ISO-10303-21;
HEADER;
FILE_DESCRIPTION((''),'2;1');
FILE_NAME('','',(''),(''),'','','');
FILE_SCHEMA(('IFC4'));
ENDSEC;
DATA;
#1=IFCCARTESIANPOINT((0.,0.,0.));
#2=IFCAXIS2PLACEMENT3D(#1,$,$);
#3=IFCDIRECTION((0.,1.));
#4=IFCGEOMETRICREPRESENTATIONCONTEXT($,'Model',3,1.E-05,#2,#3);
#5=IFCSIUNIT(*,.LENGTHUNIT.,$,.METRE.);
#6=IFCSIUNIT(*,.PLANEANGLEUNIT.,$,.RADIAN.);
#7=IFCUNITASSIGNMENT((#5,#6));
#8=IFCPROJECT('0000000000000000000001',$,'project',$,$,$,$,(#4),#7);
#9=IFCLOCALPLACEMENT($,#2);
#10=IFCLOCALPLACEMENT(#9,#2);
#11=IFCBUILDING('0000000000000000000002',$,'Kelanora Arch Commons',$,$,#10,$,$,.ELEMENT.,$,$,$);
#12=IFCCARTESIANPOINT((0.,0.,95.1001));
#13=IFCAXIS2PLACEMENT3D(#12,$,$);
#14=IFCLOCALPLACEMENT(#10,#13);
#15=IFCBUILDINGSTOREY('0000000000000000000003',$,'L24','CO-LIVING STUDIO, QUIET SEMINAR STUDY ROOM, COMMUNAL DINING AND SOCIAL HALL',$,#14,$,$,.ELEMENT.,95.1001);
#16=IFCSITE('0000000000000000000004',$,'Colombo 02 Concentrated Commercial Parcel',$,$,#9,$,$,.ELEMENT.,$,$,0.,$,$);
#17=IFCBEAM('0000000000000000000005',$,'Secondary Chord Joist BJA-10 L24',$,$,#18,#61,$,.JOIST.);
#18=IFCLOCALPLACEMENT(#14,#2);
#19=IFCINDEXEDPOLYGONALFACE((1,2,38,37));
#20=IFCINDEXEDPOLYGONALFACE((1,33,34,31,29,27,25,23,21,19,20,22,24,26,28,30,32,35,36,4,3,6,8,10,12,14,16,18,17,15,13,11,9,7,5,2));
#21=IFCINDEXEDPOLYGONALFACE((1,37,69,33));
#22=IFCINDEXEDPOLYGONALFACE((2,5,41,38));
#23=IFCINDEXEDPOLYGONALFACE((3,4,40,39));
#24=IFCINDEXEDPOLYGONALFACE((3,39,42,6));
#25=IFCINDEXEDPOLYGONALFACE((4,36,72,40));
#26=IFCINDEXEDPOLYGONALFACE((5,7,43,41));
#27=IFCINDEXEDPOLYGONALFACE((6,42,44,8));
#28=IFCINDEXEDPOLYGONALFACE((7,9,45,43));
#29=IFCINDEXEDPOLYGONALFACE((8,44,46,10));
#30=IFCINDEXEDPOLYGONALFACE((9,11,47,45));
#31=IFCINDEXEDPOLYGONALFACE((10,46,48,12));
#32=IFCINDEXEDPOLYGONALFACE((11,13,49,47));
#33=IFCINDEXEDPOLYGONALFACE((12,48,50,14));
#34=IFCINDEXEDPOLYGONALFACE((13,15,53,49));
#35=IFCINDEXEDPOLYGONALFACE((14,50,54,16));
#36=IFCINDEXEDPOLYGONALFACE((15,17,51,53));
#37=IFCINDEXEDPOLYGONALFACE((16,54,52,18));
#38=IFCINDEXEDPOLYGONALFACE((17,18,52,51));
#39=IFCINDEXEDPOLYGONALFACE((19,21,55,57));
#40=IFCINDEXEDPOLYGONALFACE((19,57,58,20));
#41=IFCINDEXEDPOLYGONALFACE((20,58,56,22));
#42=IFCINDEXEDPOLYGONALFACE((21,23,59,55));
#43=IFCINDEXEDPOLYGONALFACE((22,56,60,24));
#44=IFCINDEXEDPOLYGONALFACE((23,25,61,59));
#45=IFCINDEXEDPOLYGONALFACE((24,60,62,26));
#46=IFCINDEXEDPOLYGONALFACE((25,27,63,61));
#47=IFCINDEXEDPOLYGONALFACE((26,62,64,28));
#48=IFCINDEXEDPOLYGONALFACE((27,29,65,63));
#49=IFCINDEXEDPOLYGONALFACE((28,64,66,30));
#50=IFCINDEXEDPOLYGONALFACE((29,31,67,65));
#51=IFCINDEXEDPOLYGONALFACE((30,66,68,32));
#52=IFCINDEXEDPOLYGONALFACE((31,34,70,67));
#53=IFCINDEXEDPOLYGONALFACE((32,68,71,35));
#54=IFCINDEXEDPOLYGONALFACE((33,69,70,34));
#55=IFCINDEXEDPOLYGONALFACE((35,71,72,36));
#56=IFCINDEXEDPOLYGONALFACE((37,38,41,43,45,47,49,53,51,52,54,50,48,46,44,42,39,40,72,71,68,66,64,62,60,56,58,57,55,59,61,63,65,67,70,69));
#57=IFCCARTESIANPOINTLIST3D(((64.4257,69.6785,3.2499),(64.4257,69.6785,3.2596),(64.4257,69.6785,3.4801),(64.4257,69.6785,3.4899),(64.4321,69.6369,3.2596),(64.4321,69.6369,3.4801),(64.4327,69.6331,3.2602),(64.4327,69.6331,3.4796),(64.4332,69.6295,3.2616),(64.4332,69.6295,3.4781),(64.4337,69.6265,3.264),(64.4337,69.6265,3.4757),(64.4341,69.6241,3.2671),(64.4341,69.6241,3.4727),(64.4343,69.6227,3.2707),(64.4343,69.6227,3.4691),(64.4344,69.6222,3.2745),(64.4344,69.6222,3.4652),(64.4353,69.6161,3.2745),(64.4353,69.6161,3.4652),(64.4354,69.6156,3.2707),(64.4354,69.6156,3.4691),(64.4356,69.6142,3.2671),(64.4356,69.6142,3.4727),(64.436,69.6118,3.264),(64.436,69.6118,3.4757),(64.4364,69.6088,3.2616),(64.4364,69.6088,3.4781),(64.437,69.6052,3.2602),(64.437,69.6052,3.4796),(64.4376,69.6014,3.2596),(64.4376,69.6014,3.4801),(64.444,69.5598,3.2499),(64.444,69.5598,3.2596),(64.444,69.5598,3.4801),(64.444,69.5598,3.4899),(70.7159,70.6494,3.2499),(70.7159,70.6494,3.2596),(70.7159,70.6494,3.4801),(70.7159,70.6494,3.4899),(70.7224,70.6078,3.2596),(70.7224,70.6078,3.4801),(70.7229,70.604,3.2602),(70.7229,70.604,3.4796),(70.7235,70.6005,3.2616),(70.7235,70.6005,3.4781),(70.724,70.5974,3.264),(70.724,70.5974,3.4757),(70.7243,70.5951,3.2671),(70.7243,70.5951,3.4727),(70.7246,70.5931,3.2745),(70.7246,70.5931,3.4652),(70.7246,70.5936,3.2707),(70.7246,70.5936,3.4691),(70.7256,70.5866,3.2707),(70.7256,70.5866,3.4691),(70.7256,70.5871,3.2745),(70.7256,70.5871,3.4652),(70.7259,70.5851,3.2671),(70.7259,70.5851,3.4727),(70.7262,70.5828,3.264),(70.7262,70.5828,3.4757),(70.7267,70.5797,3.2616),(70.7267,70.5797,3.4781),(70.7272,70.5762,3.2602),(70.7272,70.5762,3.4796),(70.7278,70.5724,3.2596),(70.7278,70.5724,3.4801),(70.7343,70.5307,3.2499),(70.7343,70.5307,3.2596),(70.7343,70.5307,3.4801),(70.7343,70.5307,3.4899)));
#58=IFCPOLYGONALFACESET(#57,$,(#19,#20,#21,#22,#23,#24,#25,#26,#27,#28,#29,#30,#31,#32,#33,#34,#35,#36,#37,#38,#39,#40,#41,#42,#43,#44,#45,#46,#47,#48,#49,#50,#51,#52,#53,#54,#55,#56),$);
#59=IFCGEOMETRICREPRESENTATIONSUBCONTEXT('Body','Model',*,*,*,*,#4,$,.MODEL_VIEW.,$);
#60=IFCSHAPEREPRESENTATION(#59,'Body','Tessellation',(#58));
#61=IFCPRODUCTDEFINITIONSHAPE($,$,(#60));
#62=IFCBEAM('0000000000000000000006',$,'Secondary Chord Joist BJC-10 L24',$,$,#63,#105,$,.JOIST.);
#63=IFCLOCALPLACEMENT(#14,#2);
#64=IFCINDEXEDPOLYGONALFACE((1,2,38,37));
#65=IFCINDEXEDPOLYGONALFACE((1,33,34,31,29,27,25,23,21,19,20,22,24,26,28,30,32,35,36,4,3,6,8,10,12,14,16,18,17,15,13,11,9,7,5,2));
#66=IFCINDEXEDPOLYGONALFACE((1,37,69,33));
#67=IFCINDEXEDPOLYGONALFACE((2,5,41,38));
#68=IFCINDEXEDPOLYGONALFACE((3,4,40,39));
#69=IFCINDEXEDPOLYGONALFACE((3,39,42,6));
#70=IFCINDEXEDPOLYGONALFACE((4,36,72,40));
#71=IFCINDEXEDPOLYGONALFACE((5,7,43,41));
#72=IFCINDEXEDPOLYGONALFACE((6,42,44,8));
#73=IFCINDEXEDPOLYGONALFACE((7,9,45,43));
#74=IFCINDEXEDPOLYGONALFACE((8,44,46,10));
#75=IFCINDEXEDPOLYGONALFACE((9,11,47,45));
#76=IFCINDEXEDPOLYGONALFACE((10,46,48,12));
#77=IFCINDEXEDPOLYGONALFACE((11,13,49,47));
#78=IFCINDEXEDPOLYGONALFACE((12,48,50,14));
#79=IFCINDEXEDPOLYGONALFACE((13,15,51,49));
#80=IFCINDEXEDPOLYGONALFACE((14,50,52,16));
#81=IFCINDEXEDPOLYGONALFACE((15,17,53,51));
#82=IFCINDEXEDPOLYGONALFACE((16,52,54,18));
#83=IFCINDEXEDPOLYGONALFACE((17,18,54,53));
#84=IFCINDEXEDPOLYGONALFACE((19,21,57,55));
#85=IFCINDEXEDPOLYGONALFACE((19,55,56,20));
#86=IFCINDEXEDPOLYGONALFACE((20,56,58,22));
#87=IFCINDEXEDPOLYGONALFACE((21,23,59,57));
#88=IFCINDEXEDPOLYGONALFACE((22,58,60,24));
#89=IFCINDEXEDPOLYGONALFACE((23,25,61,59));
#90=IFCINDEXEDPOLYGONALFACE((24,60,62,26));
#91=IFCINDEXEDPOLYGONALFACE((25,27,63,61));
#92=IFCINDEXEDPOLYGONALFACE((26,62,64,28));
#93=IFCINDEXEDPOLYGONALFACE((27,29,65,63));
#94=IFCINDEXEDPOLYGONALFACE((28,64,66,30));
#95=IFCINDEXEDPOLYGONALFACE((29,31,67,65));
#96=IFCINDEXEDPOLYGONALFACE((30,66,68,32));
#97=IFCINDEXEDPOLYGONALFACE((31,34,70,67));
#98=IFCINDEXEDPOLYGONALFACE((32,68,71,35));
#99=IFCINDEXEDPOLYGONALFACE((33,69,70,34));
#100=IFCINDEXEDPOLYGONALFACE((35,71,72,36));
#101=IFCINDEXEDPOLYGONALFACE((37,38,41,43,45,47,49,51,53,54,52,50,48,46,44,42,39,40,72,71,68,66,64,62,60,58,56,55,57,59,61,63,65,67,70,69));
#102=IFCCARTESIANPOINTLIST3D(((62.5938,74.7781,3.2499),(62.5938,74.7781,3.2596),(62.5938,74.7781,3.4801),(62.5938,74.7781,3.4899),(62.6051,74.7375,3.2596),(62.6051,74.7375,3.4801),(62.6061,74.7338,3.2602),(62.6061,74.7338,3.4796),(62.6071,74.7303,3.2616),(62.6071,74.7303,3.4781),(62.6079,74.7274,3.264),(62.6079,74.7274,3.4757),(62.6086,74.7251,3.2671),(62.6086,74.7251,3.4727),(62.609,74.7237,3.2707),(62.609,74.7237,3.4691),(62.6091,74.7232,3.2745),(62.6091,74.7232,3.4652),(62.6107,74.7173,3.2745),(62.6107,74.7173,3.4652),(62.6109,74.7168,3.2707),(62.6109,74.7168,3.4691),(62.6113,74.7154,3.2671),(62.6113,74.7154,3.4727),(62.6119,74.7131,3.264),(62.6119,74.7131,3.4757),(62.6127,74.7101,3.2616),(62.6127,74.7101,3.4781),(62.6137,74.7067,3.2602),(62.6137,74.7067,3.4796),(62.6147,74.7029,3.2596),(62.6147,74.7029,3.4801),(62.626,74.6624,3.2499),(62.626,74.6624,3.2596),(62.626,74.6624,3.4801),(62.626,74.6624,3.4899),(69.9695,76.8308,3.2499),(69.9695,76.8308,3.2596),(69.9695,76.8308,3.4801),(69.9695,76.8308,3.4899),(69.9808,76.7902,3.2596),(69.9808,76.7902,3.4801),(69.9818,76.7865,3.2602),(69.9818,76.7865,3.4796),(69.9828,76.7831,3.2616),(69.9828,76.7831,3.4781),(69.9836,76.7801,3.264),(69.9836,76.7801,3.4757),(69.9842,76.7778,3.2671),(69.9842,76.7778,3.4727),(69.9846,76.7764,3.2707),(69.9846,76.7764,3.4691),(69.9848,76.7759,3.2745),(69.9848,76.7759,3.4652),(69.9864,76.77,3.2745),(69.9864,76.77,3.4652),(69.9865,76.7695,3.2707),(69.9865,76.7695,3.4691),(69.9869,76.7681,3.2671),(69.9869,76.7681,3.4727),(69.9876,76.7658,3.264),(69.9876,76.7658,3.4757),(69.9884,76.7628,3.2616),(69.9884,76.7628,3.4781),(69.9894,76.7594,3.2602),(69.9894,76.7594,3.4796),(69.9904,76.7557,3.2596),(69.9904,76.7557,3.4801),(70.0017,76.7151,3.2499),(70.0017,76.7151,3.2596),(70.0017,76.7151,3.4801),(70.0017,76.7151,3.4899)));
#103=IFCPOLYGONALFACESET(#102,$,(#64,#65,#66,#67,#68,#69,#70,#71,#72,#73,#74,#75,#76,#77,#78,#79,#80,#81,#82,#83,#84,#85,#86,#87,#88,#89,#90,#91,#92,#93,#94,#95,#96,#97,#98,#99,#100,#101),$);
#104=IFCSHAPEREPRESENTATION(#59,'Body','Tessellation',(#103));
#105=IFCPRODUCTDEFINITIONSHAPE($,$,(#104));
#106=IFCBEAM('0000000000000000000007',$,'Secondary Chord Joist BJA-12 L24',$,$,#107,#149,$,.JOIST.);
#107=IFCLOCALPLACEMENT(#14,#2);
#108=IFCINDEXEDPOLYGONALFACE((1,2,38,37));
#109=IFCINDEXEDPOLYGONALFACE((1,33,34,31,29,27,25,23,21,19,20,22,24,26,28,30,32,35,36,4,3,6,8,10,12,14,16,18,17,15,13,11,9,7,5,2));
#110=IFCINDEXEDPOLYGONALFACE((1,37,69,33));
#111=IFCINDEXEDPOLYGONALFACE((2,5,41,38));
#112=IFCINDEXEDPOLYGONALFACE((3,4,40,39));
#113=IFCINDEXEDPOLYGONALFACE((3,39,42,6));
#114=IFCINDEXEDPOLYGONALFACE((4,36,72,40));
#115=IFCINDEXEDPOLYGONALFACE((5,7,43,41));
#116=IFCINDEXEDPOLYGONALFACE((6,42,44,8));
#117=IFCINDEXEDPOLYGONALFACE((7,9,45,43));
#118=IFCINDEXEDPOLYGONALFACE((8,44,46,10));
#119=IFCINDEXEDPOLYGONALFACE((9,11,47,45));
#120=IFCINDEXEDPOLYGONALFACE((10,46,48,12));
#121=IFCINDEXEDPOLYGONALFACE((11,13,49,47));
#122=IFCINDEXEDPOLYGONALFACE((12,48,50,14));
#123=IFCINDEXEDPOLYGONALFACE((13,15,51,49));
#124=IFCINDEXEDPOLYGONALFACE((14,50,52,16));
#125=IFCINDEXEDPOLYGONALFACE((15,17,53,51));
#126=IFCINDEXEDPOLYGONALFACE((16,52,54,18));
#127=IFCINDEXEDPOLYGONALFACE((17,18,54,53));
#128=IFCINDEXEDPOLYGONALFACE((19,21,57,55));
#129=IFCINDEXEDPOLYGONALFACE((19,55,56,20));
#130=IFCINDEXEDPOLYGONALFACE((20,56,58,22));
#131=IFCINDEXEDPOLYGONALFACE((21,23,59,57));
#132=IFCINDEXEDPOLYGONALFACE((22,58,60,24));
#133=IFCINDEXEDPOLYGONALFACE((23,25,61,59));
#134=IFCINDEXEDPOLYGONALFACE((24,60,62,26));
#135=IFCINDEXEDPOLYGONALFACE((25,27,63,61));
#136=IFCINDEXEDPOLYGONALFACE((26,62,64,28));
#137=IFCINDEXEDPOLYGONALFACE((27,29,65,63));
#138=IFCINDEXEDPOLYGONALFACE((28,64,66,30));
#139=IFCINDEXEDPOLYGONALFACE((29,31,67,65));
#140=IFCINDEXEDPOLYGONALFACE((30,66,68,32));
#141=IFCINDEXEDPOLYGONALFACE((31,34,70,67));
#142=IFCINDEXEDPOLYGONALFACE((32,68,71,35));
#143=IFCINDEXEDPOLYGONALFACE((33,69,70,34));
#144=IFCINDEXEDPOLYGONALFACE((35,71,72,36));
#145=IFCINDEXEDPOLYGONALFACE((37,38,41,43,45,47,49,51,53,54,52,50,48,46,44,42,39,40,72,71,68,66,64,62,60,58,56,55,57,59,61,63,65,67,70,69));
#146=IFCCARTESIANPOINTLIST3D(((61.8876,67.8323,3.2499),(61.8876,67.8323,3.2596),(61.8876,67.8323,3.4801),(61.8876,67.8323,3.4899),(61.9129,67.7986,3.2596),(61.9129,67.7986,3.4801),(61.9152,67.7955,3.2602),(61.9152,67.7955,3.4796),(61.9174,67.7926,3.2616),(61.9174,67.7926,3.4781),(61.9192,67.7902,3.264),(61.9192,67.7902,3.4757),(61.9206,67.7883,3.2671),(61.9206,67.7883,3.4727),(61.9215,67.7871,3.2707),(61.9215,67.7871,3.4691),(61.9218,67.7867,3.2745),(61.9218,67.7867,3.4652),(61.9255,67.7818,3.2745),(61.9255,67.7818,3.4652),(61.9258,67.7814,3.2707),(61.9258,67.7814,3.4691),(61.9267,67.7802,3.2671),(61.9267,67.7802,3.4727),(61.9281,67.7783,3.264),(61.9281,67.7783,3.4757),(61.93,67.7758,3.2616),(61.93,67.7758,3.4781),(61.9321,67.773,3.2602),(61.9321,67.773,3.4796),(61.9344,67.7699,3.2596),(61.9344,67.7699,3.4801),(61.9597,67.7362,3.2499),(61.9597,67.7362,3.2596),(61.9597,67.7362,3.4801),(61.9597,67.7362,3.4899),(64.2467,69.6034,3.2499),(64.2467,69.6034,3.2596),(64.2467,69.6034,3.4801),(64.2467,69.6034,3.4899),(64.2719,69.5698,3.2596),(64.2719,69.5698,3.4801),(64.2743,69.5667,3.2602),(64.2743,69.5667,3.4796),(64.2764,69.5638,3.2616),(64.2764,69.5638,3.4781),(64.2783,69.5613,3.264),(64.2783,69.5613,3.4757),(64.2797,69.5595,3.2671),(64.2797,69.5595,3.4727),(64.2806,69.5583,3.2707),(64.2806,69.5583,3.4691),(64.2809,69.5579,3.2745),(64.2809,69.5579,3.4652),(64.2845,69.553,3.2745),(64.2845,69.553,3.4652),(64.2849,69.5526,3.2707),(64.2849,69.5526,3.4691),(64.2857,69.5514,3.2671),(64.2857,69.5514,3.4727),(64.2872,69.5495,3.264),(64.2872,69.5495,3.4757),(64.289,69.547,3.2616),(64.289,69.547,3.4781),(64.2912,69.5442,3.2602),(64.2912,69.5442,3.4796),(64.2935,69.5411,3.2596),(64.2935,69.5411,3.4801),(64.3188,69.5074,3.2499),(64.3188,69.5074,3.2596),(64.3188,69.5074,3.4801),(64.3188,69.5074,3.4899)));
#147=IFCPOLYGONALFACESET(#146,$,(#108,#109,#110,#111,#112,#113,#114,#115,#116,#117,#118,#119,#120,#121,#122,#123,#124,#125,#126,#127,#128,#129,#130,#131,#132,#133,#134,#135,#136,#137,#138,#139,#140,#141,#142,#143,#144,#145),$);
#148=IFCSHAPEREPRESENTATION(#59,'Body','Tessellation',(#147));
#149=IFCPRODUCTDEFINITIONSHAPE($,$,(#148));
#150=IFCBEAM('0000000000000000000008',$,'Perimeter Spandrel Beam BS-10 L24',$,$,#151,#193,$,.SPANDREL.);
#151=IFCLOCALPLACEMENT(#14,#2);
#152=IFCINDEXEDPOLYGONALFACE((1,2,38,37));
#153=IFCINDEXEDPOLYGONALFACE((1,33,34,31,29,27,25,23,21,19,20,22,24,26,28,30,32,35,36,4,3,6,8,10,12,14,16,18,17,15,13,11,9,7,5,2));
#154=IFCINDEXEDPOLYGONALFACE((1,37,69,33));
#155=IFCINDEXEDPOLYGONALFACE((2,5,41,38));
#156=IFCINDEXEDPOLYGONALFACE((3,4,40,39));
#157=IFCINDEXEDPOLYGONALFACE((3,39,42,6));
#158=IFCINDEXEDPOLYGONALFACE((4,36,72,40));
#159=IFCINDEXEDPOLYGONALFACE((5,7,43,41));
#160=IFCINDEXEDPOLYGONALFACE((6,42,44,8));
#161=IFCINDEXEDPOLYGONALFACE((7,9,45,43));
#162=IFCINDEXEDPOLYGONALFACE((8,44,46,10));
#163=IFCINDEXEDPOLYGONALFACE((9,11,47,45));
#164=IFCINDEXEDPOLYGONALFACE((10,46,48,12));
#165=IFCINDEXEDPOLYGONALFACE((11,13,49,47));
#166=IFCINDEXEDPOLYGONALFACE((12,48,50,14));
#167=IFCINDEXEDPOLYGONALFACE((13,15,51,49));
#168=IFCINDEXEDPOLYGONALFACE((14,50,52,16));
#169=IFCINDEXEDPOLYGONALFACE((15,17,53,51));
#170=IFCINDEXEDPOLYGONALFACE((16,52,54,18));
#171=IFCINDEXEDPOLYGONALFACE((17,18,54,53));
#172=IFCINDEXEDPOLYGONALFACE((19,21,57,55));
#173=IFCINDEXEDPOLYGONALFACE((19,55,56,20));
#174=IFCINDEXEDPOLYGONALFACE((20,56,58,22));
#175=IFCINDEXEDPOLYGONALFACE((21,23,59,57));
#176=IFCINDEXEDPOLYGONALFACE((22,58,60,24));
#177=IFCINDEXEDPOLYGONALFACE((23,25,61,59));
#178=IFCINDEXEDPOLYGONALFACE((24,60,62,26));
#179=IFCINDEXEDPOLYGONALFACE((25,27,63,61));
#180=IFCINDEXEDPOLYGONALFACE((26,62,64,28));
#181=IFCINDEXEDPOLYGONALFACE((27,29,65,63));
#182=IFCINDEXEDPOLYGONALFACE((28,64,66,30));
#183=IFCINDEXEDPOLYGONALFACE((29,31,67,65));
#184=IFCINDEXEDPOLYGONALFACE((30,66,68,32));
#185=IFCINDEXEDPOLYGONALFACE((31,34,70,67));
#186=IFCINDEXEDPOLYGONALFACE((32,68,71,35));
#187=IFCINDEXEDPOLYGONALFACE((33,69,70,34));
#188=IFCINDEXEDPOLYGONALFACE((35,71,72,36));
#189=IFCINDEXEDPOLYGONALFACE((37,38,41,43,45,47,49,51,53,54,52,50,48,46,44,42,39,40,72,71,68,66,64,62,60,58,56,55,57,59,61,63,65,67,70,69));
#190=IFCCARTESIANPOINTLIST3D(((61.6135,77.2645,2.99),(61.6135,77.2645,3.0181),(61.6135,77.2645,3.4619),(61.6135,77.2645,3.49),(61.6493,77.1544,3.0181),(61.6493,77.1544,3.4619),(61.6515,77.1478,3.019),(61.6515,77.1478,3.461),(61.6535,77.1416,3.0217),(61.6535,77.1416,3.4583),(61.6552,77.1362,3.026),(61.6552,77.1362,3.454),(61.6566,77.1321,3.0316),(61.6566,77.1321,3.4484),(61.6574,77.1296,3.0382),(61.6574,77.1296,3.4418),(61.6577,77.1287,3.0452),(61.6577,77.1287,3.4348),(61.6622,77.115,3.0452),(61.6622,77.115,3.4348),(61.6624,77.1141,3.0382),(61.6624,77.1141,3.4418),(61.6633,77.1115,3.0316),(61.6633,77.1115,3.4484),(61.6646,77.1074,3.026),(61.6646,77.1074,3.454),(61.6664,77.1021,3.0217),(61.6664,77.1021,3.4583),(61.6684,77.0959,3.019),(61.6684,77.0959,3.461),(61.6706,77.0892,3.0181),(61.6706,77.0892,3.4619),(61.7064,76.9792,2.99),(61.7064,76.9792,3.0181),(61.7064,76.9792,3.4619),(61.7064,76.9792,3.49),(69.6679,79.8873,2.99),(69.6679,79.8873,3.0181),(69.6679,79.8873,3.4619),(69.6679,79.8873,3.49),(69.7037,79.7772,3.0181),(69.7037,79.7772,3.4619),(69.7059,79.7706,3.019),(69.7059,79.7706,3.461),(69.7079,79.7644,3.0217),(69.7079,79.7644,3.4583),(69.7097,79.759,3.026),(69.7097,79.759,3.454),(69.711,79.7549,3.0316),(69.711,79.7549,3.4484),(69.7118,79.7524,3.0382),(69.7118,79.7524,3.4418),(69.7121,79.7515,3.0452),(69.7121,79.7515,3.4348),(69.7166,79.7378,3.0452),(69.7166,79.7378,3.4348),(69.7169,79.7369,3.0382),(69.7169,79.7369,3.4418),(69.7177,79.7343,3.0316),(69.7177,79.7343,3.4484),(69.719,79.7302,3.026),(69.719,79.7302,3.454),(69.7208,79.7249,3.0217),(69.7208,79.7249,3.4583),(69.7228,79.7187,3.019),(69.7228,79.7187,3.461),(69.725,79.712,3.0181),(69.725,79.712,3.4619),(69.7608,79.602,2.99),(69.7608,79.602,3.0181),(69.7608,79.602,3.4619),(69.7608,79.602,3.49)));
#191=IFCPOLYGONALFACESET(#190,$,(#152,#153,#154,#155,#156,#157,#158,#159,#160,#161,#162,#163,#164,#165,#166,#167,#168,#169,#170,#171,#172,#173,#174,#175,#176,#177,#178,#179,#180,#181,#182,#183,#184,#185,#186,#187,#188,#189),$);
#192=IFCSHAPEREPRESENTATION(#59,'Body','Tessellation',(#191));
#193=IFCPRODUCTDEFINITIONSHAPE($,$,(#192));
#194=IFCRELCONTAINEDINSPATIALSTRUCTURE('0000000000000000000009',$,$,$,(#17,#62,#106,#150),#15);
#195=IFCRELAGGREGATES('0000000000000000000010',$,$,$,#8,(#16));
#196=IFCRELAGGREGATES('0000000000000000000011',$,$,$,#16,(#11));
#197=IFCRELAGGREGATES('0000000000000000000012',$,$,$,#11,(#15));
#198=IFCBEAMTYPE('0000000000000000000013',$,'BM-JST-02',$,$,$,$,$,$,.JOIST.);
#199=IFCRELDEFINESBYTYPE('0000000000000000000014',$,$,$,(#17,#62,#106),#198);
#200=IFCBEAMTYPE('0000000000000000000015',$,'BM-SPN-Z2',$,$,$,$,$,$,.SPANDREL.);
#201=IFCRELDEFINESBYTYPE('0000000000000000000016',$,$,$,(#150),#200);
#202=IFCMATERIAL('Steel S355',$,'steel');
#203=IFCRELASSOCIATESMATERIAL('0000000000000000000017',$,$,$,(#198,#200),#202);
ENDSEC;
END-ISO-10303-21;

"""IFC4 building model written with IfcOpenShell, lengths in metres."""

from ifc_helpers import new_model, si_unit, direction, frame, origin, origin_2d, place, context, subcontext, project, spatial, i_section, extrude, material, material_profile, profile_set, type_object, element, save


model = new_model("IFC4")

# Units and contexts
model_context = context("Model", 3, precision=1e-05, world=origin(), true_north=direction((0.0, 1.0)))
body_context = subcontext(model_context, "Body", "Model", "MODEL_VIEW")
ifc_project = project(units=[si_unit("LENGTHUNIT", "METRE"), si_unit("PLANEANGLEUNIT", "RADIAN")], contexts=[model_context])

# Site, building, storey
site_placement = place(None, origin())
site = spatial("IfcSite", under=ifc_project, at=site_placement, Name="Colombo 02 Concentrated Commercial Parcel", CompositionType="ELEMENT", RefElevation=0.0)
building_placement = place(site_placement, origin())
building = spatial("IfcBuilding", under=site, at=building_placement, Name="Kelanora Arch Commons", CompositionType="ELEMENT")
storey_placement = place(building_placement, frame((0.0, 0.0, 95.1001)))
storey = spatial("IfcBuildingStorey", under=building, at=storey_placement, Name="L24", Description="CO-LIVING STUDIO, QUIET SEMINAR STUDY ROOM, COMMUNAL DINING AND SOCIAL HALL", CompositionType="ELEMENT", Elevation=95.1001)

# Beams
ifc_material_1 = material(Name="Steel S355", Category="steel")
ifc_material_profile_1 = material_profile(ifc_material_1, i_section(OverallWidth=0.1201, OverallDepth=0.24, WebThickness=0.0061, FlangeThickness=0.0098, FilletRadius=0.0149, at=origin_2d()), Name="IPE240")
ifc_profile_set_1 = profile_set([ifc_material_profile_1], Name="Steel S355")
beam_type_1 = type_object("IfcBeamType", Name="BM-JST-02", PredefinedType="JOIST", material=ifc_profile_set_1)
beam_1_placement = place(storey_placement, frame((70.7251, 70.5901, 3.3699), z_axis=(-0.988296, -0.15255, 0.0), x_axis=(0.15255, -0.988296, 0.0)))
element("IfcBeam", 1, at=beam_1_placement, inside=storey, type_object=beam_type_1, Name="Secondary Chord Joist BJA-10 L24", PredefinedType="JOIST", context=body_context, shape_type="SweptSolid", body=[
    extrude(i_section(OverallWidth=0.1201, OverallDepth=0.24, WebThickness=0.0061, FlangeThickness=0.0098, FilletRadius=0.0149, at=origin_2d()), origin(), (0.0, 0.0, 1.0), 6.3647),
])
beam_2_placement = place(storey_placement, frame((69.9856, 76.7729, 3.3699), z_axis=(-0.963386, -0.268119, 0.0), x_axis=(0.268119, -0.963386, 0.0)))
element("IfcBeam", 2, at=beam_2_placement, inside=storey, type_object=beam_type_1, Name="Secondary Chord Joist BJC-10 L24", PredefinedType="JOIST", context=body_context, shape_type="SweptSolid", body=[
    extrude(i_section(OverallWidth=0.1201, OverallDepth=0.24, WebThickness=0.0061, FlangeThickness=0.0098, FilletRadius=0.0149, at=origin_2d()), origin(), (0.0, 0.0, 1.0), 7.656),
])
beam_3_placement = place(storey_placement, frame((64.2827, 69.5554, 3.3699), z_axis=(-0.799692, -0.60041, 0.0), x_axis=(0.60041, -0.799692, 0.0)))
element("IfcBeam", 3, at=beam_3_placement, inside=storey, type_object=beam_type_1, Name="Secondary Chord Joist BJA-12 L24", PredefinedType="JOIST", context=body_context, shape_type="SweptSolid", body=[
    extrude(i_section(OverallWidth=0.1201, OverallDepth=0.24, WebThickness=0.0061, FlangeThickness=0.0098, FilletRadius=0.0149, at=origin_2d()), origin(), (0.0, 0.0, 1.0), 2.95),
])
ifc_material_profile_2 = material_profile(ifc_material_1, i_section(OverallWidth=0.3, OverallDepth=0.5, WebThickness=0.0144, FlangeThickness=0.0281, FilletRadius=0.0271, at=origin_2d()), Name="HEB500")
ifc_profile_set_2 = profile_set([ifc_material_profile_2], Name="Steel S355")
beam_type_2 = type_object("IfcBeamType", Name="BM-SPN-Z2", PredefinedType="SPANDREL", material=ifc_profile_set_2)
beam_4_placement = place(storey_placement, frame((69.7144, 79.7446, 3.24), z_axis=(-0.950857, -0.309631, 0.0), x_axis=(0.309631, -0.950857, 0.0)))
element("IfcBeam", 4, at=beam_4_placement, inside=storey, type_object=beam_type_2, Name="Perimeter Spandrel Beam BS-10 L24", PredefinedType="SPANDREL", context=body_context, shape_type="SweptSolid", body=[
    extrude(i_section(OverallWidth=0.3, OverallDepth=0.5, WebThickness=0.0144, FlangeThickness=0.0281, FilletRadius=0.0271, at=origin_2d()), origin(), (0.0, 0.0, 1.0), 8.4707),
])

save(model, "model.ifc")
